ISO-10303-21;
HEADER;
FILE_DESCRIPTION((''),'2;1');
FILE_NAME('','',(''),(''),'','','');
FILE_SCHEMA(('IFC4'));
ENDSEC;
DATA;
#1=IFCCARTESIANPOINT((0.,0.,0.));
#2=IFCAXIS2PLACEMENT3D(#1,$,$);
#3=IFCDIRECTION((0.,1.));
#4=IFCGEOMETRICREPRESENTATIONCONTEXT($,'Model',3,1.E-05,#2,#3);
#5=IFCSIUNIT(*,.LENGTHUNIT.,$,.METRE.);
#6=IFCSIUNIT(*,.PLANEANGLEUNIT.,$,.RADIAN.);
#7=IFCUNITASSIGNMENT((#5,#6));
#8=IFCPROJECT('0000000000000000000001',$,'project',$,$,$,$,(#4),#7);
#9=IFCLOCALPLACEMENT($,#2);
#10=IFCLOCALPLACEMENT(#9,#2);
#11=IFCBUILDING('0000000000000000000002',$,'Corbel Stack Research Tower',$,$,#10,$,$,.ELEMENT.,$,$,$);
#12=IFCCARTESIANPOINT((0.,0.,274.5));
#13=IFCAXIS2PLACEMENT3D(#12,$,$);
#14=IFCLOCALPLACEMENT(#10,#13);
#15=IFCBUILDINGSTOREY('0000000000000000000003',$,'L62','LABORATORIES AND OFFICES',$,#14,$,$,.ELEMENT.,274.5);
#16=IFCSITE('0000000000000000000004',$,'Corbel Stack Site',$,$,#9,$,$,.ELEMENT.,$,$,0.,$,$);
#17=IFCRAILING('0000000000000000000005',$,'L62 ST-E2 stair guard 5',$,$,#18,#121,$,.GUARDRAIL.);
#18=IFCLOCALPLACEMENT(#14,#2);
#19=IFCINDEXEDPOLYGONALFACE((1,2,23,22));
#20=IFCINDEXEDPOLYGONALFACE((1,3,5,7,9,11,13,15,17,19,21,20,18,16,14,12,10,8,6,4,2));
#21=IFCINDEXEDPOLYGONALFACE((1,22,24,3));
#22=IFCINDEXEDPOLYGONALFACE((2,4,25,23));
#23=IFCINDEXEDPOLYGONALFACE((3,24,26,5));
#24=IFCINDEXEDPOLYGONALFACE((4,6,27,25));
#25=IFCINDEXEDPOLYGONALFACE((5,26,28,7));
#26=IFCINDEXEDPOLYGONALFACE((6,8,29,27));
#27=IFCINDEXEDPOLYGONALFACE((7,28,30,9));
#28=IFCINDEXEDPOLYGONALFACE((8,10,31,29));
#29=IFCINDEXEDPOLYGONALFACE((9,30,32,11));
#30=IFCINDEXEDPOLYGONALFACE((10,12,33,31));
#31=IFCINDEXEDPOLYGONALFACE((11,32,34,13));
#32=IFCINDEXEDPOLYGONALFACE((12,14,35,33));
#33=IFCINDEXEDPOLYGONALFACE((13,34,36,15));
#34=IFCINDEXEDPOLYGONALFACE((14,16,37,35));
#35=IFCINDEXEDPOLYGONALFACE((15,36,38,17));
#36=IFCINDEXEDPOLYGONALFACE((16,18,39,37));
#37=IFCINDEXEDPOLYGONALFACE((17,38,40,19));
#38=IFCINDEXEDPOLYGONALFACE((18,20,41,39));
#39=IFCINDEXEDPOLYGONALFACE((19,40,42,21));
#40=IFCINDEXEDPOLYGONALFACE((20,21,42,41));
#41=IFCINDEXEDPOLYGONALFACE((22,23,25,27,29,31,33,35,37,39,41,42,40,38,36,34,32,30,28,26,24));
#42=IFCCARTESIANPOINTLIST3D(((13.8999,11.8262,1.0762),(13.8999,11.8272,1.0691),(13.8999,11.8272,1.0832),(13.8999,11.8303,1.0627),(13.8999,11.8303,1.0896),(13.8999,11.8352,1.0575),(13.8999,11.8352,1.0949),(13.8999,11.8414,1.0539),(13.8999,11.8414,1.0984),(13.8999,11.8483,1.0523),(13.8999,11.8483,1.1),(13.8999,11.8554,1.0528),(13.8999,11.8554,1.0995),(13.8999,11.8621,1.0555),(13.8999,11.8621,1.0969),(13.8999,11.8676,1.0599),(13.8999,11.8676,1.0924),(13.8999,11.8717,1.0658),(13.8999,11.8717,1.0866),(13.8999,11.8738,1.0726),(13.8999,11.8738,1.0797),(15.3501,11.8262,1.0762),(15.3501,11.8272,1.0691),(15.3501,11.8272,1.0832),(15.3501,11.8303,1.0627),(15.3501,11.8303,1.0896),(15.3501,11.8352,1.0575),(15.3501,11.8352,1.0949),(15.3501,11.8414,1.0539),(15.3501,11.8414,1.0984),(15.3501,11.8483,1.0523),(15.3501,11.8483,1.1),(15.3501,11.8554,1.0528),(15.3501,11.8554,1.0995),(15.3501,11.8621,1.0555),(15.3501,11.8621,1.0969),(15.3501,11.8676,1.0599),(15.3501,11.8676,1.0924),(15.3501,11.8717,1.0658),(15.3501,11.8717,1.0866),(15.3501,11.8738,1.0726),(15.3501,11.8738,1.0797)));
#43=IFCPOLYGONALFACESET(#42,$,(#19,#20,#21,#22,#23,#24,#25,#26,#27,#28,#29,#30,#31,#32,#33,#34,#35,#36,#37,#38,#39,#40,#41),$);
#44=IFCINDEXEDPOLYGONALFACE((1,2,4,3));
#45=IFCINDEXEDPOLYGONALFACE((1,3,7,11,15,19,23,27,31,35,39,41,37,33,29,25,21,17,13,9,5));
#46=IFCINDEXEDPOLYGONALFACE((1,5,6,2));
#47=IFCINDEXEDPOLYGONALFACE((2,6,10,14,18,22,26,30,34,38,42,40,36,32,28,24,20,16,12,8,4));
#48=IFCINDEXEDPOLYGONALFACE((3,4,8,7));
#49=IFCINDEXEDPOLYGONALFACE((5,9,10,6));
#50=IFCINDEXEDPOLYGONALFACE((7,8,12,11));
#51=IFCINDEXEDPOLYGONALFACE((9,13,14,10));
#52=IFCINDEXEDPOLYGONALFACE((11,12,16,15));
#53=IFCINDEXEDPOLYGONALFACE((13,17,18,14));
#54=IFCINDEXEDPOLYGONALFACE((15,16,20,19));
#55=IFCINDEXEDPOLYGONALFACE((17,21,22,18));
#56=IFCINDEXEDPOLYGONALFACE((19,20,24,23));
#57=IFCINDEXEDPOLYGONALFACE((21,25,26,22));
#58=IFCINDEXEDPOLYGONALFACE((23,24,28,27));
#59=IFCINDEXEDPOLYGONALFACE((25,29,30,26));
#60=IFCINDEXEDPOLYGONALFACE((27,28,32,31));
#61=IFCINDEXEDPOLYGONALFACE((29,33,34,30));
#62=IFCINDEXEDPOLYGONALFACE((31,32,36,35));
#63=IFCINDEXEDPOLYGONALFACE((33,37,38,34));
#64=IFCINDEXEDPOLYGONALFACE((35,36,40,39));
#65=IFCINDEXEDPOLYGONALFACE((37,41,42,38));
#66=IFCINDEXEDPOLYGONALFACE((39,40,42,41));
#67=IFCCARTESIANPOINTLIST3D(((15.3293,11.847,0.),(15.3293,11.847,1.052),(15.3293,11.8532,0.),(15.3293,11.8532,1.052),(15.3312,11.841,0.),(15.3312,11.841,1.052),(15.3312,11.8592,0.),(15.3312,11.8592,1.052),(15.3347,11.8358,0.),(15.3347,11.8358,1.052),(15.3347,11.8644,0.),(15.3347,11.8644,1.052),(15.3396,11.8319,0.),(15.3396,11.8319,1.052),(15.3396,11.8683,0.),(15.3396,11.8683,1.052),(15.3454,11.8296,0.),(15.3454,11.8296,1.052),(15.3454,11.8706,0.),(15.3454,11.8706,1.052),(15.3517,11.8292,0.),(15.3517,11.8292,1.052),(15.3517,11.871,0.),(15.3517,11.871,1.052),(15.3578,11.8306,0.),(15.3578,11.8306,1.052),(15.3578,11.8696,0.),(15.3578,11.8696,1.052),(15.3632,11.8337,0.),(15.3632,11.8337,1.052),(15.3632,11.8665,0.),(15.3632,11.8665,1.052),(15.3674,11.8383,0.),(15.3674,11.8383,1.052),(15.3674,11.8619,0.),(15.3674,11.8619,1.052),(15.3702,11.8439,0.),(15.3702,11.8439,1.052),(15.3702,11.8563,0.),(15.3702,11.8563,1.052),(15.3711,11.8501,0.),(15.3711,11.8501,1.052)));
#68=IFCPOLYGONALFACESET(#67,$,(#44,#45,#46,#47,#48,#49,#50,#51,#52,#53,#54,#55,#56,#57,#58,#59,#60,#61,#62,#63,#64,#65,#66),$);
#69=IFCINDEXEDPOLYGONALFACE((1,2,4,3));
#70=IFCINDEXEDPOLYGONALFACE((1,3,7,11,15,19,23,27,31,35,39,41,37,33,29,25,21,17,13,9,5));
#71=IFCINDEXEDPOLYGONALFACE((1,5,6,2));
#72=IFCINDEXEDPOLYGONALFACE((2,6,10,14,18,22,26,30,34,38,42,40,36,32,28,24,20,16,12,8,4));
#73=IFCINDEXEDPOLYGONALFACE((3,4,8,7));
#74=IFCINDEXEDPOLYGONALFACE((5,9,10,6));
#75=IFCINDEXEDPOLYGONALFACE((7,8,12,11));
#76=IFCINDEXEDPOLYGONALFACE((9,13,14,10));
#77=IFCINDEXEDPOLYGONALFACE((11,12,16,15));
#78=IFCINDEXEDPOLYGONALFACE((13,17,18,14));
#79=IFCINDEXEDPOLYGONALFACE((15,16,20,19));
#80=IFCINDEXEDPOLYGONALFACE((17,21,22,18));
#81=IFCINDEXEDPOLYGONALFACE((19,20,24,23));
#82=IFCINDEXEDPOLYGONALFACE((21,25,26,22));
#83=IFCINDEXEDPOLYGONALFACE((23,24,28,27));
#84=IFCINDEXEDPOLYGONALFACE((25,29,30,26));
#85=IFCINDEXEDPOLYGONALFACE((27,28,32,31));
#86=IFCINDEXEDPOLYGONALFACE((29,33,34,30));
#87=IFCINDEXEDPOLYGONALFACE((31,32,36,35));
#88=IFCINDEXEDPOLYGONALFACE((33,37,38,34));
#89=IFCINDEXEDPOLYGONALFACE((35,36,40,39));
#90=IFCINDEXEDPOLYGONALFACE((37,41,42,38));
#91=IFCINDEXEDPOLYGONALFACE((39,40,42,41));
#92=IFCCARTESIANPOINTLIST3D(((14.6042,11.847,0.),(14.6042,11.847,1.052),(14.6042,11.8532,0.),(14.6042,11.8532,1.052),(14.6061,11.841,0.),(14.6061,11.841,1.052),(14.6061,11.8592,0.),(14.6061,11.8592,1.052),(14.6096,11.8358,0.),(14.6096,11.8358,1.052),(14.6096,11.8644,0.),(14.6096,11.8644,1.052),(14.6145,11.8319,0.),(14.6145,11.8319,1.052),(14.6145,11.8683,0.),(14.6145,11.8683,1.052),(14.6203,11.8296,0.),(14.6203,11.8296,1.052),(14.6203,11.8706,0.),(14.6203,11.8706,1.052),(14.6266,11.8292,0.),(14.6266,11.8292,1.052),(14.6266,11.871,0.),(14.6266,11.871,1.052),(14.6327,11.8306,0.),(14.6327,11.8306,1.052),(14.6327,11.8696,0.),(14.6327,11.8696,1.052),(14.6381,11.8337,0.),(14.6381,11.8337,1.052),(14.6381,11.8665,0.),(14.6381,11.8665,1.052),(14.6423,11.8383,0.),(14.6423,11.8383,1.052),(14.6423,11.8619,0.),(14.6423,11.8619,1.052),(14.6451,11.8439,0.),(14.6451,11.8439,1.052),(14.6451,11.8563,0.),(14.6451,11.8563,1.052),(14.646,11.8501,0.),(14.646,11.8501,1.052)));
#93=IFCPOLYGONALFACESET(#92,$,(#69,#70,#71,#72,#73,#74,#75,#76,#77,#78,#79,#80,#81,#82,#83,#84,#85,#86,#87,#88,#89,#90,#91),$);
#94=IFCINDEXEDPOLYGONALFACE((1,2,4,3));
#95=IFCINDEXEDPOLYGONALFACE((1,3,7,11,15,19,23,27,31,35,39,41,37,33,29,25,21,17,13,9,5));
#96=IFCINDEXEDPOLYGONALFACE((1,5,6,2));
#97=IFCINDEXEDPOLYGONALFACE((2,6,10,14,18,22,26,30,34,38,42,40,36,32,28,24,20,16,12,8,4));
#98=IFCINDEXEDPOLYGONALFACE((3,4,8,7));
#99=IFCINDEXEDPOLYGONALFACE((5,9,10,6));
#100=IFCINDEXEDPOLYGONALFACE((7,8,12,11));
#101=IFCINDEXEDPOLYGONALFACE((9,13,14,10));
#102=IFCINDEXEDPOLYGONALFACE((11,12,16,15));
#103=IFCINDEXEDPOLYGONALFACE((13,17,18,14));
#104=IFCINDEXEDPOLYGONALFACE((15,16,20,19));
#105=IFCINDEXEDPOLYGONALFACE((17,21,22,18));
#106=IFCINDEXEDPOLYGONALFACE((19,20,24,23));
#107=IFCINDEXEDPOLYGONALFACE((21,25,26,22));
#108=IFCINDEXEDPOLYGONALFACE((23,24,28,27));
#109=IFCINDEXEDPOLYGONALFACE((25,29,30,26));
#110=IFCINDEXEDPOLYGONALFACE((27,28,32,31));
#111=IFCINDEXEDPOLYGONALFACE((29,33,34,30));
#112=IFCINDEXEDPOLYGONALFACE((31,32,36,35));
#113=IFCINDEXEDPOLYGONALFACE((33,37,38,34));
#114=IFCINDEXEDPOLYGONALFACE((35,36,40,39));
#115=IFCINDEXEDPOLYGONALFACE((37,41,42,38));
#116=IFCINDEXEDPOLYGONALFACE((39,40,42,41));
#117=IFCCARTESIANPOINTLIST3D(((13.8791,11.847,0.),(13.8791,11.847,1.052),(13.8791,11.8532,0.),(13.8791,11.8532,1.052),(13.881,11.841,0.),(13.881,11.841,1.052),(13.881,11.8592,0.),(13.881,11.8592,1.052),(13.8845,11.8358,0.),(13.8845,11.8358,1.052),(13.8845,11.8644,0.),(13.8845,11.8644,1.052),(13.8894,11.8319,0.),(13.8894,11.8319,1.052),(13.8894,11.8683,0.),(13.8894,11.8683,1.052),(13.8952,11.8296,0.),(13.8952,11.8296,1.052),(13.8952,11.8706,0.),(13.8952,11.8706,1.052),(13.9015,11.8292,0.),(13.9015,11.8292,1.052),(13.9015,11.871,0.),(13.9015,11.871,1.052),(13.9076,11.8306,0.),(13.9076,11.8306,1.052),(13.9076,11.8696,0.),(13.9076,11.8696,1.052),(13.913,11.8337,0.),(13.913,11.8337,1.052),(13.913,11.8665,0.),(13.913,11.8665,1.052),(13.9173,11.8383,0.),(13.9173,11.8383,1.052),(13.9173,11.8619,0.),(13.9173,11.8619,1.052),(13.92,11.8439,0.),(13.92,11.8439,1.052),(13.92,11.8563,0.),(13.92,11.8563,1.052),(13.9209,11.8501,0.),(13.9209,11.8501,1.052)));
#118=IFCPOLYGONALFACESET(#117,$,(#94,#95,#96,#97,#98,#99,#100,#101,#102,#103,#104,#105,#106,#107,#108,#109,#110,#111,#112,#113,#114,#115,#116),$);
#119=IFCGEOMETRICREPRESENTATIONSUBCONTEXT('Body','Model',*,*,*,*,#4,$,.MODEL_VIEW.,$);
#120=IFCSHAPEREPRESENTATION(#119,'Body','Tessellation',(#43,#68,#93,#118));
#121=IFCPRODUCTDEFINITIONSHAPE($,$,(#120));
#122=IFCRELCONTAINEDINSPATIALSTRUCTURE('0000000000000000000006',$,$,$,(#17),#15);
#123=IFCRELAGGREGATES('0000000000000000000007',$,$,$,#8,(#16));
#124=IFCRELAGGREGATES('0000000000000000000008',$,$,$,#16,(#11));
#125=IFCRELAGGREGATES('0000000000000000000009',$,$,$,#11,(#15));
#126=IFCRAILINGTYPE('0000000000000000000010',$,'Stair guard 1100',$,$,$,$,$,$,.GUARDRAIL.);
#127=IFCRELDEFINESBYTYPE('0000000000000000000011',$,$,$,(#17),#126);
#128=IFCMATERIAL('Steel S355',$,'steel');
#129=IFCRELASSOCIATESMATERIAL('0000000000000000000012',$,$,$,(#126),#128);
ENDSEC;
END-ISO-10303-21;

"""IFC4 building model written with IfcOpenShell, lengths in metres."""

from ifc_helpers import new_model, si_unit, direction, frame, origin, origin_2d, place, context, subcontext, project, spatial, circle, extrude, material, type_object, element, save


model = new_model("IFC4")

# Units and contexts
model_context = context("Model", 3, precision=1e-05, world=origin(), true_north=direction((0.0, 1.0)))
body_context = subcontext(model_context, "Body", "Model", "MODEL_VIEW")
ifc_project = project(units=[si_unit("LENGTHUNIT", "METRE"), si_unit("PLANEANGLEUNIT", "RADIAN")], contexts=[model_context])

# Site, building, storey
site_placement = place(None, origin())
site = spatial("IfcSite", under=ifc_project, at=site_placement, Name="Corbel Stack Site", CompositionType="ELEMENT", RefElevation=0.0)
building_placement = place(site_placement, origin())
building = spatial("IfcBuilding", under=site, at=building_placement, Name="Corbel Stack Research Tower", CompositionType="ELEMENT")
storey_placement = place(building_placement, frame((0.0, 0.0, 274.5)))
storey = spatial("IfcBuildingStorey", under=building, at=storey_placement, Name="L62", Description="LABORATORIES AND OFFICES", CompositionType="ELEMENT", Elevation=274.5)

# Railing
ifc_material_1 = material(Name="Steel S355", Category="steel")
railing_type_1 = type_object("IfcRailingType", Name="Stair guard 1100", PredefinedType="GUARDRAIL", material=ifc_material_1)
railing_1_placement = place(storey_placement, frame((15.3501, 11.8501, 0.0)))
element("IfcRailing", 1, at=railing_1_placement, inside=storey, type_object=railing_type_1, Name="L62 ST-E2 stair guard 5", PredefinedType="GUARDRAIL", context=body_context, shape_type="SweptSolid", body=[
    extrude(circle(Radius=0.0239, at=origin_2d()), frame((0.0, 0.0, 1.0762), z_axis=(-1.0, 0.0, 0.0), x_axis=(0.0, -1.0, 0.0)), (0.0, 0.0, 1.0), 1.4502),
    extrude(circle(Radius=0.021, at=origin_2d()), origin(), (0.0, 0.0, 1.0), 1.052),
    extrude(circle(Radius=0.021, at=origin_2d()), frame((-0.7251, 0.0, 0.0)), (0.0, 0.0, 1.0), 1.052),
    extrude(circle(Radius=0.021, at=origin_2d()), frame((-1.4502, 0.0, 0.0)), (0.0, 0.0, 1.0), 1.052),
])

save(model, "model.ifc")
